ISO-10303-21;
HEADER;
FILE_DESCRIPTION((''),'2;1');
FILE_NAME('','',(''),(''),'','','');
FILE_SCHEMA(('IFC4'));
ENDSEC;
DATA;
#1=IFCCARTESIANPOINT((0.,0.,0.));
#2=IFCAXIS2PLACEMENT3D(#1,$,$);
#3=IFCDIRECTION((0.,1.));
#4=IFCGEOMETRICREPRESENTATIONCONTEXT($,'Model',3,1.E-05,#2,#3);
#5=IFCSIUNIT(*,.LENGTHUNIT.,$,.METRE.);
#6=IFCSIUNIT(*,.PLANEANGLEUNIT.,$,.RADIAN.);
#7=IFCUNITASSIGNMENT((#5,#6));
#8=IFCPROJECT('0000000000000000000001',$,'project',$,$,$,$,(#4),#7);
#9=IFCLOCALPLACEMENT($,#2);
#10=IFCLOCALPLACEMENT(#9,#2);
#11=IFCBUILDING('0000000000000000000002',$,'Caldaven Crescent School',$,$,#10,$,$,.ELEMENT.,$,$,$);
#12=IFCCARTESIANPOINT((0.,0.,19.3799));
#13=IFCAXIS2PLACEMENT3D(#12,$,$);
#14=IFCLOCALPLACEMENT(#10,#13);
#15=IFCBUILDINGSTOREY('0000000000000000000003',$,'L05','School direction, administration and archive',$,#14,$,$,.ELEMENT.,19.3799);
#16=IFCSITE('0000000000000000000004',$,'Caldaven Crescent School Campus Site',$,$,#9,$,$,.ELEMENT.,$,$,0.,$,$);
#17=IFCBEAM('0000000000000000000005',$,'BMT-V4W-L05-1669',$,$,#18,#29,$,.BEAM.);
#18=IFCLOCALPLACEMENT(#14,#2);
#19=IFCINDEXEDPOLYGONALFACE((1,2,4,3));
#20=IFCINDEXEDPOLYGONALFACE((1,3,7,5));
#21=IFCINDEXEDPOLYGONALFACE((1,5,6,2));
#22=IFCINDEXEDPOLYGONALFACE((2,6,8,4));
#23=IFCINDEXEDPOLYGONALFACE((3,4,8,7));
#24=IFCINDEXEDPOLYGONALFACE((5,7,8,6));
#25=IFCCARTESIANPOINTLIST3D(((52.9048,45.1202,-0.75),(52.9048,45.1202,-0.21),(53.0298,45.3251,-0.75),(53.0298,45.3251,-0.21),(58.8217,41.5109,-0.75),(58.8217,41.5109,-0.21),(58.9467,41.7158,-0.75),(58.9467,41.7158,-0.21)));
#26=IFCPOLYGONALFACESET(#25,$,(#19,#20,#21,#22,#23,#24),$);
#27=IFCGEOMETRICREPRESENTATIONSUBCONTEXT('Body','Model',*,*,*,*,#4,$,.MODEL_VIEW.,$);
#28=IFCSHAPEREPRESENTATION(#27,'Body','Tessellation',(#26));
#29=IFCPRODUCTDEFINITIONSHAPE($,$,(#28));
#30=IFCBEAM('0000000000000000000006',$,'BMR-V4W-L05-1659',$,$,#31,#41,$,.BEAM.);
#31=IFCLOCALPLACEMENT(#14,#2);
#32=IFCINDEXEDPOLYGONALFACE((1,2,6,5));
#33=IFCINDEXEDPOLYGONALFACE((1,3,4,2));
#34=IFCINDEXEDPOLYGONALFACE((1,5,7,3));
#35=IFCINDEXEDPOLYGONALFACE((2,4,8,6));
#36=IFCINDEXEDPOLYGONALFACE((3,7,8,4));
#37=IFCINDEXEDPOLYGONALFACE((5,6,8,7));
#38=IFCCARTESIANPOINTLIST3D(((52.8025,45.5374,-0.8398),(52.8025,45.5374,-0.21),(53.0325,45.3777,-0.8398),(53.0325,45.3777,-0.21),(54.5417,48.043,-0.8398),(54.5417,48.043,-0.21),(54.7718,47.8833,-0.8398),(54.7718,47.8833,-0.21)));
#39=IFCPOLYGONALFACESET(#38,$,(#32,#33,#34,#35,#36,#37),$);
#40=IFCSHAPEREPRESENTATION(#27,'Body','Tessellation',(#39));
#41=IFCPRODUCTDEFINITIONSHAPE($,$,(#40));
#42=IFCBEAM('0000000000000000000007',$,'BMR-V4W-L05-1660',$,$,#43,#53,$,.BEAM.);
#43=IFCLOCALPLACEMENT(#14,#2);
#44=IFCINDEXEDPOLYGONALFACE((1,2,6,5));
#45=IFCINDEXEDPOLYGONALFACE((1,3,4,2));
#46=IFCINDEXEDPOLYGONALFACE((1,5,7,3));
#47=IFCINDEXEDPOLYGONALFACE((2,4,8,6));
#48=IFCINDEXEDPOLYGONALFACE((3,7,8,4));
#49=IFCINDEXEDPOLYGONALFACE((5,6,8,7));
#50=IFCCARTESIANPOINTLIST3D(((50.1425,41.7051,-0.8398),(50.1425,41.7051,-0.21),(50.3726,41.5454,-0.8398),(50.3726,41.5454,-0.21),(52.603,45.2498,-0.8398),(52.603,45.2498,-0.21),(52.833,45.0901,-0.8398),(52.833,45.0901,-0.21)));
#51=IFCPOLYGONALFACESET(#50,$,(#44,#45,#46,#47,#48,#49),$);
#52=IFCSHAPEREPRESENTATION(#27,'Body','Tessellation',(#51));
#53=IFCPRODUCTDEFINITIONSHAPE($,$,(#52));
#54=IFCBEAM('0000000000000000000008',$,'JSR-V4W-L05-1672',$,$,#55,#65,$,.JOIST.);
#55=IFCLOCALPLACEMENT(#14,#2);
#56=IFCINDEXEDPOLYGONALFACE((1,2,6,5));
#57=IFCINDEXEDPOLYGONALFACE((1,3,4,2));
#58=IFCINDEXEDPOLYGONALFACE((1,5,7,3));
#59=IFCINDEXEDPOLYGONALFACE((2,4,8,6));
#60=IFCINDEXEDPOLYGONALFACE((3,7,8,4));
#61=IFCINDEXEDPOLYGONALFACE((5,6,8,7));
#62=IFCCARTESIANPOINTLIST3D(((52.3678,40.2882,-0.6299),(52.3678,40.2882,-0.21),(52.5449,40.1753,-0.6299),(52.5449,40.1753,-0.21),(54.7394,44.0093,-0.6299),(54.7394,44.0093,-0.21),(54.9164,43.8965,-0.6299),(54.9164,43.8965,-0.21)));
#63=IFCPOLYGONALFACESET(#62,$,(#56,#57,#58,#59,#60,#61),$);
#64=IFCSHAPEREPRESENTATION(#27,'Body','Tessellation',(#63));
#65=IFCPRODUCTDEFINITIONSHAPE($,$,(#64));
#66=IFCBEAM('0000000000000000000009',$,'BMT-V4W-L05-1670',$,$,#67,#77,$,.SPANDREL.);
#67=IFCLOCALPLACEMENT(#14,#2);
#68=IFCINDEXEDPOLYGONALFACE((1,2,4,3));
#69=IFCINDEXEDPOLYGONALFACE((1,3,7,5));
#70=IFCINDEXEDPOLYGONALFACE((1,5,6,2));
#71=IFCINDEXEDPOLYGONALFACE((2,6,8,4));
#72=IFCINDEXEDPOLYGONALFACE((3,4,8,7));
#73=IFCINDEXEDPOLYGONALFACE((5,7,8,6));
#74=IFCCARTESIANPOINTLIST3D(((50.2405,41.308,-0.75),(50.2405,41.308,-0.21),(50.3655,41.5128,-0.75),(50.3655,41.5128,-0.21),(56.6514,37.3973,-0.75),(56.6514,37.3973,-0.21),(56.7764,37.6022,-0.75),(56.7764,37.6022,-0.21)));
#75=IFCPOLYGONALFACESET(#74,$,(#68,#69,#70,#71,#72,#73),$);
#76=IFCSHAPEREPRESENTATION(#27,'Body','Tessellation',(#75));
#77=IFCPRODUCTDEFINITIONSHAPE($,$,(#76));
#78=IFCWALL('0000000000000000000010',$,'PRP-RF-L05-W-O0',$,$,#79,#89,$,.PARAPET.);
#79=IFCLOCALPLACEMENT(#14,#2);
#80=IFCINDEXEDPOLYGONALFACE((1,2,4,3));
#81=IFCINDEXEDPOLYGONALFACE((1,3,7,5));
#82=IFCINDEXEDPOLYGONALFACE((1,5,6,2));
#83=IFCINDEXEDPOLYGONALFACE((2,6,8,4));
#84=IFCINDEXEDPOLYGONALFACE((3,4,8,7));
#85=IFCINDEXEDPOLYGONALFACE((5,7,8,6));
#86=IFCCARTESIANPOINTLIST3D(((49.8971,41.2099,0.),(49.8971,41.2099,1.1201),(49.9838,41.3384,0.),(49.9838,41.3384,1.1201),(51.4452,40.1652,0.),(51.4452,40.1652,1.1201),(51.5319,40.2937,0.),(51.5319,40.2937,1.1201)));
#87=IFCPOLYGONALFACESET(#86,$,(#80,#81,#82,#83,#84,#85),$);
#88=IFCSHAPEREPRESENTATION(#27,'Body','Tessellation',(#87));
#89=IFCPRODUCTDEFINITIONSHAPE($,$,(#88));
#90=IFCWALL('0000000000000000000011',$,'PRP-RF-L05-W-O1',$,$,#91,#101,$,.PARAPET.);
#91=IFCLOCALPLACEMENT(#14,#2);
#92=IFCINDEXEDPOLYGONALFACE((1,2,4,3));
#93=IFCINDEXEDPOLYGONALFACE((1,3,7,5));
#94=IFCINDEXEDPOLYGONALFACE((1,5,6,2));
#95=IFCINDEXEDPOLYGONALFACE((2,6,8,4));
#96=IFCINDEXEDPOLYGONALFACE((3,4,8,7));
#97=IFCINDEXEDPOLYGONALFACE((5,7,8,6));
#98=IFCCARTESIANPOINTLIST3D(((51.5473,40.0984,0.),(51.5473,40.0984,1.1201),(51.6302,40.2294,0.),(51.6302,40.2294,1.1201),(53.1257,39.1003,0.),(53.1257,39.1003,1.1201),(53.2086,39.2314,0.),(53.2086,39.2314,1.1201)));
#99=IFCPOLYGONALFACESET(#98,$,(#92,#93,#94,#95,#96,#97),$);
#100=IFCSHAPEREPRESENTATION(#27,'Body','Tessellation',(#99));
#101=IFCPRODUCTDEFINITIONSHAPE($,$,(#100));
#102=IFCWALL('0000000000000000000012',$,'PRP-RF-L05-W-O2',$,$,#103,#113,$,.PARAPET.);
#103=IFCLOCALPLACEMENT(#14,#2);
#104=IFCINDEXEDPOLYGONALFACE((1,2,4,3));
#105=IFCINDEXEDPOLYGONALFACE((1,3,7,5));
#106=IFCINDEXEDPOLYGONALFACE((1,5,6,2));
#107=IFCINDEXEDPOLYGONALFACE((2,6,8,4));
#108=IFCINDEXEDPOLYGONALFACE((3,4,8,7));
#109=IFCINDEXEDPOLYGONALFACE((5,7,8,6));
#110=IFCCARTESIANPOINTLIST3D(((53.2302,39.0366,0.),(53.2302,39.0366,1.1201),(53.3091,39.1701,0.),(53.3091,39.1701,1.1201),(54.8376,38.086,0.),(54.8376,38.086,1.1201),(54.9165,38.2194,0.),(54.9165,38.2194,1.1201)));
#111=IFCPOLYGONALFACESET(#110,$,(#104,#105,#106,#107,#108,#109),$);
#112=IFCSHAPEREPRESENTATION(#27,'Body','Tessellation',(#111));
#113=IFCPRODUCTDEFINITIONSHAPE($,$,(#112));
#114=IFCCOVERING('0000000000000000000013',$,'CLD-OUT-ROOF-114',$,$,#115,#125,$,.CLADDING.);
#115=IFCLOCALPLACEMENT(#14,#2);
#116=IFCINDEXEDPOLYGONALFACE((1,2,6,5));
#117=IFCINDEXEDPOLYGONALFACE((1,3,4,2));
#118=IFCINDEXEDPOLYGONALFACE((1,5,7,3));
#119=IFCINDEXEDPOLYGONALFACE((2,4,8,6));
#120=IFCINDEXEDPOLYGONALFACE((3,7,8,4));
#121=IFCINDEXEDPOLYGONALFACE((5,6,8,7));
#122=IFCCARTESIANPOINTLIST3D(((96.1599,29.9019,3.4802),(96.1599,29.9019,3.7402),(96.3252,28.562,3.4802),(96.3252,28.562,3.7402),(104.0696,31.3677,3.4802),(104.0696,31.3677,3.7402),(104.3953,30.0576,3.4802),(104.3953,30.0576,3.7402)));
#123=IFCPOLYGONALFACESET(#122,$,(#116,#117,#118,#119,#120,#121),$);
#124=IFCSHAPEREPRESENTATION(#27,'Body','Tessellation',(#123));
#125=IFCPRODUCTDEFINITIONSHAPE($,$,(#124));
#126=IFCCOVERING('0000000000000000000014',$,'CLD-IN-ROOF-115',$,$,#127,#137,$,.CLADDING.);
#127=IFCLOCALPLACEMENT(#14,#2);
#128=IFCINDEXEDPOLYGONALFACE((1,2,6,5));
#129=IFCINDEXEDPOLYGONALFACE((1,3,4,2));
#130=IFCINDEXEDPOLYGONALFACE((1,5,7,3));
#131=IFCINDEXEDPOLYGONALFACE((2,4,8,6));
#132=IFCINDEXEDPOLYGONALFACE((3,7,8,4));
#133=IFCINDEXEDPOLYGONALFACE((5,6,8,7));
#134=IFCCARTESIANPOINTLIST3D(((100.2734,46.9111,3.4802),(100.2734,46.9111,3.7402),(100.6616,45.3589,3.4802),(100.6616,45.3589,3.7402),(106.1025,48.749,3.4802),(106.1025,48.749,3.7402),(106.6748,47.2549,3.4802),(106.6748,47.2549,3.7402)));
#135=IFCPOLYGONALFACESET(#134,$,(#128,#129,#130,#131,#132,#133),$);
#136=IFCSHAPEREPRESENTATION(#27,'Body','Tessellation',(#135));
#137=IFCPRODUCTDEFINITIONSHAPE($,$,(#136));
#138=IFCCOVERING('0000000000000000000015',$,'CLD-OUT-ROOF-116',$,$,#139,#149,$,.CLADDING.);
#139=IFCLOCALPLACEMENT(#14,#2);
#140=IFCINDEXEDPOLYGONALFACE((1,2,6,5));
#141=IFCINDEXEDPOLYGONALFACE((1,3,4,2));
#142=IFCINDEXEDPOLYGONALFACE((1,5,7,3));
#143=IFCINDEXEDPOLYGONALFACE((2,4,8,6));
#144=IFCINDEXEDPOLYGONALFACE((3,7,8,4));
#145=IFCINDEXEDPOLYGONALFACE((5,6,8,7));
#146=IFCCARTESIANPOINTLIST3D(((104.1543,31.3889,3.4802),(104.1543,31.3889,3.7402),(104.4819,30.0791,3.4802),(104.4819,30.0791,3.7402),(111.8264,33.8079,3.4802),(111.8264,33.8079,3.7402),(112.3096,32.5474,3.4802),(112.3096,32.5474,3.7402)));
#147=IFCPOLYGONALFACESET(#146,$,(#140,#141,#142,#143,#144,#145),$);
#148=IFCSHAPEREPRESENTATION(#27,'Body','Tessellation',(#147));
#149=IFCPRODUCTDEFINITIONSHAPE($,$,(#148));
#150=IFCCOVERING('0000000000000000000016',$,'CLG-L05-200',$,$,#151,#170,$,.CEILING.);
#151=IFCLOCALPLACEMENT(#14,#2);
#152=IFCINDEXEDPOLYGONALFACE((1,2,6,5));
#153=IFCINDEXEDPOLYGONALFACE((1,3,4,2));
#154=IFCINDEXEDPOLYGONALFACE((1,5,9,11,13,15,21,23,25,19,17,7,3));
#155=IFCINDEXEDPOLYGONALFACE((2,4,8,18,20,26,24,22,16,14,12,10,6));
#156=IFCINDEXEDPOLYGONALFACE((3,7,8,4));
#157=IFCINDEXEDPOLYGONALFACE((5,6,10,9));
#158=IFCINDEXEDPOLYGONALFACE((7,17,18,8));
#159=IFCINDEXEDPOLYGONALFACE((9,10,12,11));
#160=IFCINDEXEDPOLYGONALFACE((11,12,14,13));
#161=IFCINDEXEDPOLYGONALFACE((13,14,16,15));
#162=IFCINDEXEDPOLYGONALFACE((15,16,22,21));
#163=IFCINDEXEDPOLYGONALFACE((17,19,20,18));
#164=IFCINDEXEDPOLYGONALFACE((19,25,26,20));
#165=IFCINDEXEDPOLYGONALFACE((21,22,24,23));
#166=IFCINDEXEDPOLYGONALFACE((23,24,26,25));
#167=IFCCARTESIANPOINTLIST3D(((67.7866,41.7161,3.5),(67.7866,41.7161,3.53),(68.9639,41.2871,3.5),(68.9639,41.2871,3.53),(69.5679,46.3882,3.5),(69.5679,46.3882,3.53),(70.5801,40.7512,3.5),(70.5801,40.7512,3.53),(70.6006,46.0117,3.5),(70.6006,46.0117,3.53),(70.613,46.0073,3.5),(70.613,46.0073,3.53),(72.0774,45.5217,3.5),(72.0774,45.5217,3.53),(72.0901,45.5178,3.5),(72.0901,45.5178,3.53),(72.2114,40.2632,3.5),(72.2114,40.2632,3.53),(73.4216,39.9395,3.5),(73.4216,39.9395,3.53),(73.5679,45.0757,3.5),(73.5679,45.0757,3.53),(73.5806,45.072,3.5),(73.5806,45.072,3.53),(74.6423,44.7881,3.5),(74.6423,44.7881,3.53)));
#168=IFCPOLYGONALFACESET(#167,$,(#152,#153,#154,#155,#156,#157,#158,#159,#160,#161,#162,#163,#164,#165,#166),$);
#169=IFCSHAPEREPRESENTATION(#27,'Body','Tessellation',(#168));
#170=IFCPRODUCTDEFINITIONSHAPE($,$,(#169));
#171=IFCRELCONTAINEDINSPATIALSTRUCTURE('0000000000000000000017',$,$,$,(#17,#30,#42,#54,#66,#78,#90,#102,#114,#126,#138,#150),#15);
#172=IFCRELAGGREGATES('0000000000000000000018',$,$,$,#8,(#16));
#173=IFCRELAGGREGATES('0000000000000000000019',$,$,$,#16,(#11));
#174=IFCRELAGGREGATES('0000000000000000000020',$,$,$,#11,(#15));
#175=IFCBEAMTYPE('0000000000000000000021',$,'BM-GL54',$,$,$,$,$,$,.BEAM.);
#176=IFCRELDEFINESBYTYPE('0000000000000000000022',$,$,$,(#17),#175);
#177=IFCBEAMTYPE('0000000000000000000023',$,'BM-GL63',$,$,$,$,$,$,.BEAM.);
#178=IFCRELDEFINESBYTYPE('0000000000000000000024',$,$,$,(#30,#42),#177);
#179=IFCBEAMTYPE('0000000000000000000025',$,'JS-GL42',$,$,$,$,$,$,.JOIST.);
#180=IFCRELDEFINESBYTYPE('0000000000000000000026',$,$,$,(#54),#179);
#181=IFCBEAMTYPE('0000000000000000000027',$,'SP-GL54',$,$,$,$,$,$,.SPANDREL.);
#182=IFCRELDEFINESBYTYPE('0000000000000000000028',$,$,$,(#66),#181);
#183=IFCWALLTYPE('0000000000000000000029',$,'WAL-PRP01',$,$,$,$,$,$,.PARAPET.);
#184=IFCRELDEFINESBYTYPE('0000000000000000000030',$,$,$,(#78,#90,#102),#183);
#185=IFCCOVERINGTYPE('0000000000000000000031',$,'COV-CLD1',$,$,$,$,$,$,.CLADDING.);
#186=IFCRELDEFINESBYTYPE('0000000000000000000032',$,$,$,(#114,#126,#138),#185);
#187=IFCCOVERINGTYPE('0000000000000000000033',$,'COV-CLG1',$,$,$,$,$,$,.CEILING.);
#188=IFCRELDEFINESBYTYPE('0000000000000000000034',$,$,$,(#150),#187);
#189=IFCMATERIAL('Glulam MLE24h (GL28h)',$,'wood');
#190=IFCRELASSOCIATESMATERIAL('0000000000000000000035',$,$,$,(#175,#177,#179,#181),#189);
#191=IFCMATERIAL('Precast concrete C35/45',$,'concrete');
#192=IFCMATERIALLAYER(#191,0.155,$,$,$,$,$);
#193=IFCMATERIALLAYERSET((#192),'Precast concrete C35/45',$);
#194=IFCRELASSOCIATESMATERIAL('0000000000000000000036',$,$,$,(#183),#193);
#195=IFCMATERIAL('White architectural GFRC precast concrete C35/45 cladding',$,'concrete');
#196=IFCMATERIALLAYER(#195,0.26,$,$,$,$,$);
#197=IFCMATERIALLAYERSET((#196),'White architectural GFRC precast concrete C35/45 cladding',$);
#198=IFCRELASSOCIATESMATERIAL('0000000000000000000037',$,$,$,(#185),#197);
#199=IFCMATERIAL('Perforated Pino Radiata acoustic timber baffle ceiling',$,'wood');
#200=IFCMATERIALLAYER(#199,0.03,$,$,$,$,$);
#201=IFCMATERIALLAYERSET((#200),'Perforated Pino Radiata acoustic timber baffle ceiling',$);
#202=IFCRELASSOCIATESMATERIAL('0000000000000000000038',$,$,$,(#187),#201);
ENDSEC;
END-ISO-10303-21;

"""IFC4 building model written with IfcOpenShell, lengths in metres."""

from ifc_helpers import new_model, si_unit, direction, frame, frame_2d, origin, origin_2d, place, context, subcontext, project, spatial, polyline, rectangle, outline, extrude, material, layer, layer_set, material_profile, profile_set, type_object, element, save


model = new_model("IFC4")

# Units and contexts
model_context = context("Model", 3, precision=1e-05, world=origin(), true_north=direction((0.0, 1.0)))
body_context = subcontext(model_context, "Body", "Model", "MODEL_VIEW")
ifc_project = project(units=[si_unit("LENGTHUNIT", "METRE"), si_unit("PLANEANGLEUNIT", "RADIAN")], contexts=[model_context])

# Site, building, storey
site_placement = place(None, origin())
site = spatial("IfcSite", under=ifc_project, at=site_placement, Name="Caldaven Crescent School Campus Site", CompositionType="ELEMENT", RefElevation=0.0)
building_placement = place(site_placement, origin())
building = spatial("IfcBuilding", under=site, at=building_placement, Name="Caldaven Crescent School", CompositionType="ELEMENT")
storey_placement = place(building_placement, frame((0.0, 0.0, 19.3799)))
storey = spatial("IfcBuildingStorey", under=building, at=storey_placement, Name="L05", Description="School direction, administration and archive", CompositionType="ELEMENT", Elevation=19.3799)

# Beams
ifc_material_1 = material(Name="Glulam MLE24h (GL28h)", Category="wood")
ifc_material_profile_1 = material_profile(ifc_material_1, rectangle(XDim=0.24, YDim=0.54, at=origin_2d()), Name="MLE 240x540")
ifc_profile_set_1 = profile_set([ifc_material_profile_1], Name="Glulam MLE24h (GL28h)")
beam_type_1 = type_object("IfcBeamType", Name="BM-GL54", PredefinedType="BEAM", material=ifc_profile_set_1)
beam_1_placement = place(storey_placement, frame((52.9673, 45.2227, -0.48), z_axis=(0.853703, -0.52076, 0.0), x_axis=(0.52076, 0.853703, 0.0)))
element("IfcBeam", 1, at=beam_1_placement, inside=storey, type_object=beam_type_1, Name="BMT-V4W-L05-1669", PredefinedType="BEAM", context=body_context, shape_type="SweptSolid", body=[
    extrude(rectangle(XDim=0.24, YDim=0.54, at=origin_2d()), origin(), (0.0, 0.0, 1.0), 6.9309),
])
ifc_material_profile_2 = material_profile(ifc_material_1, rectangle(XDim=0.28, YDim=0.6299, at=origin_2d()), Name="MLE 280x630")
ifc_profile_set_2 = profile_set([ifc_material_profile_2], Name="Glulam MLE24h (GL28h)")
beam_type_2 = type_object("IfcBeamType", Name="BM-GL63", PredefinedType="BEAM", material=ifc_profile_set_2)
beam_2_placement = place(storey_placement, frame((54.6567, 47.9631, -0.5249), z_axis=(-0.570229, -0.821486, 0.0), x_axis=(0.821486, -0.570229, 0.0)))
element("IfcBeam", 2, at=beam_2_placement, inside=storey, type_object=beam_type_2, Name="BMR-V4W-L05-1659", PredefinedType="BEAM", context=body_context, shape_type="SweptSolid", body=[
    extrude(rectangle(XDim=0.28, YDim=0.6299, at=origin_2d()), origin(), (0.0, 0.0, 1.0), 3.05),
])
beam_3_placement = place(storey_placement, frame((52.718, 45.1699, -0.5249), z_axis=(-0.570219, -0.821493, 0.0), x_axis=(0.821493, -0.570219, 0.0)))
element("IfcBeam", 3, at=beam_3_placement, inside=storey, type_object=beam_type_2, Name="BMR-V4W-L05-1660", PredefinedType="BEAM", context=body_context, shape_type="SweptSolid", body=[
    extrude(rectangle(XDim=0.28, YDim=0.6299, at=origin_2d()), origin(), (0.0, 0.0, 1.0), 4.3149),
])
ifc_material_profile_3 = material_profile(ifc_material_1, rectangle(XDim=0.21, YDim=0.4199, at=origin_2d()), Name="MLE 210x420")
ifc_profile_set_3 = profile_set([ifc_material_profile_3], Name="Glulam MLE24h (GL28h)")
beam_type_3 = type_object("IfcBeamType", Name="JS-GL42", PredefinedType="JOIST", material=ifc_profile_set_3)
beam_4_placement = place(storey_placement, frame((54.8279, 43.9529, -0.4199), z_axis=(-0.537448, -0.843297, 0.0), x_axis=(0.843297, -0.537448, 0.0)))
element("IfcBeam", 4, at=beam_4_placement, inside=storey, type_object=beam_type_3, Name="JSR-V4W-L05-1672", PredefinedType="JOIST", context=body_context, shape_type="SweptSolid", body=[
    extrude(rectangle(XDim=0.21, YDim=0.4199, at=origin_2d()), origin(), (0.0, 0.0, 1.0), 4.4126),
])
ifc_material_profile_4 = material_profile(ifc_material_1, rectangle(XDim=0.24, YDim=0.54, at=origin_2d()), Name="MLE 240x540")
ifc_profile_set_4 = profile_set([ifc_material_profile_4], Name="Glulam MLE24h (GL28h)")
beam_type_4 = type_object("IfcBeamType", Name="SP-GL54", PredefinedType="SPANDREL", material=ifc_profile_set_4)
beam_5_placement = place(storey_placement, frame((50.303, 41.4104, -0.48), z_axis=(0.853703, -0.520759, 0.0), x_axis=(0.520759, 0.853703, 0.0)))
element("IfcBeam", 5, at=beam_5_placement, inside=storey, type_object=beam_type_4, Name="BMT-V4W-L05-1670", PredefinedType="SPANDREL", context=body_context, shape_type="SweptSolid", body=[
    extrude(rectangle(XDim=0.24, YDim=0.54, at=origin_2d()), origin(), (0.0, 0.0, 1.0), 7.5095),
])

# Walls
ifc_material_2 = material(Name="Precast concrete C35/45", Category="concrete")
ifc_layer_1 = layer(ifc_material_2, 0.155)
ifc_layer_set_1 = layer_set([ifc_layer_1], Name="Precast concrete C35/45")
wall_type = type_object("IfcWallType", Name="WAL-PRP01", PredefinedType="PARAPET", material=ifc_layer_set_1)
wall_placement = place(storey_placement, frame((49.9404, 41.2742, 0.0), z_axis=(0.0, 0.0, 1.0), x_axis=(0.82892, -0.559367, 0.0)))
element("IfcWall", 6, at=wall_placement, inside=storey, type_object=wall_type, Name="PRP-RF-L05-W-O0", PredefinedType="PARAPET", context=body_context, shape_type="SweptSolid", body=[
    extrude(rectangle(XDim=1.8677, YDim=0.155, at=frame_2d((0.9338, 0.0))), origin(), (0.0, 0.0, 1.0), 1.1201),
])
for number, where, z_axis, x_axis, name in (
    (7, (51.5889, 40.1638, 0.0), (0.0, 0.0, 1.0), (0.845203, -0.534445, 0.0), "PRP-RF-L05-W-O1"),
    (8, (53.2698, 39.1033, 0.0), (0.0, 0.0, 1.0), (0.860729, -0.509064, 0.0), "PRP-RF-L05-W-O2"),
):
    element("IfcWall", number, at=place(storey_placement, frame(where, z_axis=z_axis, x_axis=x_axis)), inside=storey, type_object=wall_type, Name=name, PredefinedType="PARAPET", context=body_context, shape_type="SweptSolid", body=[
        extrude(rectangle(XDim=1.8674, YDim=0.155, at=frame_2d((0.9336, 0.0))), origin(), (0.0, 0.0, 1.0), 1.1201),
    ])

# Coverings
ifc_material_3 = material(Name="White architectural GFRC precast concrete C35/45 cladding", Category="concrete")
ifc_layer_2 = layer(ifc_material_3, 0.26)
ifc_layer_set_2 = layer_set([ifc_layer_2], Name="White architectural GFRC precast concrete C35/45 cladding")
covering_type_1 = type_object("IfcCoveringType", Name="COV-CLD1", PredefinedType="CLADDING", material=ifc_layer_set_2)
covering_1_placement = place(storey_placement, frame((0.0, 0.0, 3.4802)))
element("IfcCovering", 9, at=covering_1_placement, inside=storey, type_object=covering_type_1, Name="CLD-OUT-ROOF-114", PredefinedType="CLADDING", context=body_context, shape_type="SweptSolid", body=[
    extrude(outline(polyline([(96.1599, 29.9019), (104.0696, 31.3677), (104.3953, 30.0576), (96.3252, 28.562), (96.1599, 29.9019)])), origin(), (0.0, 0.0, 1.0), 0.26),
])
covering_2_placement = place(storey_placement, frame((0.0, 0.0, 3.4802)))
element("IfcCovering", 10, at=covering_2_placement, inside=storey, type_object=covering_type_1, Name="CLD-IN-ROOF-115", PredefinedType="CLADDING", context=body_context, shape_type="SweptSolid", body=[
    extrude(outline(polyline([(100.2734, 46.9111), (106.1025, 48.749), (106.6748, 47.2549), (100.6616, 45.3589), (100.2734, 46.9111)])), origin(), (0.0, 0.0, 1.0), 0.26),
])
covering_3_placement = place(storey_placement, frame((0.0, 0.0, 3.4802)))
element("IfcCovering", 11, at=covering_3_placement, inside=storey, type_object=covering_type_1, Name="CLD-OUT-ROOF-116", PredefinedType="CLADDING", context=body_context, shape_type="SweptSolid", body=[
    extrude(outline(polyline([(104.1543, 31.3889), (111.8264, 33.8079), (112.3096, 32.5474), (104.4819, 30.0791), (104.1543, 31.3889)])), origin(), (0.0, 0.0, 1.0), 0.26),
])
ifc_material_4 = material(Name="Perforated Pino Radiata acoustic timber baffle ceiling", Category="wood")
ifc_layer_3 = layer(ifc_material_4, 0.03)
ifc_layer_set_3 = layer_set([ifc_layer_3], Name="Perforated Pino Radiata acoustic timber baffle ceiling")
covering_type_2 = type_object("IfcCoveringType", Name="COV-CLG1", PredefinedType="CEILING", material=ifc_layer_set_3)
covering_4_placement = place(storey_placement, frame((0.0, 0.0, 3.5)))
element("IfcCovering", 12, at=covering_4_placement, inside=storey, type_object=covering_type_2, Name="CLG-L05-200", PredefinedType="CEILING", context=body_context, shape_type="SweptSolid", body=[
    extrude(outline(polyline([(70.6006, 46.0117), (70.613, 46.0073), (72.0774, 45.5217), (72.0901, 45.5178), (73.5679, 45.0757), (73.5806, 45.072), (74.6423, 44.7881), (73.4216, 39.9395), (72.2114, 40.2632), (70.5801, 40.7512), (68.9639, 41.2871), (67.7866, 41.7161), (69.5679, 46.3882), (70.6006, 46.0117)])), origin(), (0.0, 0.0, 1.0), 0.03),
])

save(model, "model.ifc")
